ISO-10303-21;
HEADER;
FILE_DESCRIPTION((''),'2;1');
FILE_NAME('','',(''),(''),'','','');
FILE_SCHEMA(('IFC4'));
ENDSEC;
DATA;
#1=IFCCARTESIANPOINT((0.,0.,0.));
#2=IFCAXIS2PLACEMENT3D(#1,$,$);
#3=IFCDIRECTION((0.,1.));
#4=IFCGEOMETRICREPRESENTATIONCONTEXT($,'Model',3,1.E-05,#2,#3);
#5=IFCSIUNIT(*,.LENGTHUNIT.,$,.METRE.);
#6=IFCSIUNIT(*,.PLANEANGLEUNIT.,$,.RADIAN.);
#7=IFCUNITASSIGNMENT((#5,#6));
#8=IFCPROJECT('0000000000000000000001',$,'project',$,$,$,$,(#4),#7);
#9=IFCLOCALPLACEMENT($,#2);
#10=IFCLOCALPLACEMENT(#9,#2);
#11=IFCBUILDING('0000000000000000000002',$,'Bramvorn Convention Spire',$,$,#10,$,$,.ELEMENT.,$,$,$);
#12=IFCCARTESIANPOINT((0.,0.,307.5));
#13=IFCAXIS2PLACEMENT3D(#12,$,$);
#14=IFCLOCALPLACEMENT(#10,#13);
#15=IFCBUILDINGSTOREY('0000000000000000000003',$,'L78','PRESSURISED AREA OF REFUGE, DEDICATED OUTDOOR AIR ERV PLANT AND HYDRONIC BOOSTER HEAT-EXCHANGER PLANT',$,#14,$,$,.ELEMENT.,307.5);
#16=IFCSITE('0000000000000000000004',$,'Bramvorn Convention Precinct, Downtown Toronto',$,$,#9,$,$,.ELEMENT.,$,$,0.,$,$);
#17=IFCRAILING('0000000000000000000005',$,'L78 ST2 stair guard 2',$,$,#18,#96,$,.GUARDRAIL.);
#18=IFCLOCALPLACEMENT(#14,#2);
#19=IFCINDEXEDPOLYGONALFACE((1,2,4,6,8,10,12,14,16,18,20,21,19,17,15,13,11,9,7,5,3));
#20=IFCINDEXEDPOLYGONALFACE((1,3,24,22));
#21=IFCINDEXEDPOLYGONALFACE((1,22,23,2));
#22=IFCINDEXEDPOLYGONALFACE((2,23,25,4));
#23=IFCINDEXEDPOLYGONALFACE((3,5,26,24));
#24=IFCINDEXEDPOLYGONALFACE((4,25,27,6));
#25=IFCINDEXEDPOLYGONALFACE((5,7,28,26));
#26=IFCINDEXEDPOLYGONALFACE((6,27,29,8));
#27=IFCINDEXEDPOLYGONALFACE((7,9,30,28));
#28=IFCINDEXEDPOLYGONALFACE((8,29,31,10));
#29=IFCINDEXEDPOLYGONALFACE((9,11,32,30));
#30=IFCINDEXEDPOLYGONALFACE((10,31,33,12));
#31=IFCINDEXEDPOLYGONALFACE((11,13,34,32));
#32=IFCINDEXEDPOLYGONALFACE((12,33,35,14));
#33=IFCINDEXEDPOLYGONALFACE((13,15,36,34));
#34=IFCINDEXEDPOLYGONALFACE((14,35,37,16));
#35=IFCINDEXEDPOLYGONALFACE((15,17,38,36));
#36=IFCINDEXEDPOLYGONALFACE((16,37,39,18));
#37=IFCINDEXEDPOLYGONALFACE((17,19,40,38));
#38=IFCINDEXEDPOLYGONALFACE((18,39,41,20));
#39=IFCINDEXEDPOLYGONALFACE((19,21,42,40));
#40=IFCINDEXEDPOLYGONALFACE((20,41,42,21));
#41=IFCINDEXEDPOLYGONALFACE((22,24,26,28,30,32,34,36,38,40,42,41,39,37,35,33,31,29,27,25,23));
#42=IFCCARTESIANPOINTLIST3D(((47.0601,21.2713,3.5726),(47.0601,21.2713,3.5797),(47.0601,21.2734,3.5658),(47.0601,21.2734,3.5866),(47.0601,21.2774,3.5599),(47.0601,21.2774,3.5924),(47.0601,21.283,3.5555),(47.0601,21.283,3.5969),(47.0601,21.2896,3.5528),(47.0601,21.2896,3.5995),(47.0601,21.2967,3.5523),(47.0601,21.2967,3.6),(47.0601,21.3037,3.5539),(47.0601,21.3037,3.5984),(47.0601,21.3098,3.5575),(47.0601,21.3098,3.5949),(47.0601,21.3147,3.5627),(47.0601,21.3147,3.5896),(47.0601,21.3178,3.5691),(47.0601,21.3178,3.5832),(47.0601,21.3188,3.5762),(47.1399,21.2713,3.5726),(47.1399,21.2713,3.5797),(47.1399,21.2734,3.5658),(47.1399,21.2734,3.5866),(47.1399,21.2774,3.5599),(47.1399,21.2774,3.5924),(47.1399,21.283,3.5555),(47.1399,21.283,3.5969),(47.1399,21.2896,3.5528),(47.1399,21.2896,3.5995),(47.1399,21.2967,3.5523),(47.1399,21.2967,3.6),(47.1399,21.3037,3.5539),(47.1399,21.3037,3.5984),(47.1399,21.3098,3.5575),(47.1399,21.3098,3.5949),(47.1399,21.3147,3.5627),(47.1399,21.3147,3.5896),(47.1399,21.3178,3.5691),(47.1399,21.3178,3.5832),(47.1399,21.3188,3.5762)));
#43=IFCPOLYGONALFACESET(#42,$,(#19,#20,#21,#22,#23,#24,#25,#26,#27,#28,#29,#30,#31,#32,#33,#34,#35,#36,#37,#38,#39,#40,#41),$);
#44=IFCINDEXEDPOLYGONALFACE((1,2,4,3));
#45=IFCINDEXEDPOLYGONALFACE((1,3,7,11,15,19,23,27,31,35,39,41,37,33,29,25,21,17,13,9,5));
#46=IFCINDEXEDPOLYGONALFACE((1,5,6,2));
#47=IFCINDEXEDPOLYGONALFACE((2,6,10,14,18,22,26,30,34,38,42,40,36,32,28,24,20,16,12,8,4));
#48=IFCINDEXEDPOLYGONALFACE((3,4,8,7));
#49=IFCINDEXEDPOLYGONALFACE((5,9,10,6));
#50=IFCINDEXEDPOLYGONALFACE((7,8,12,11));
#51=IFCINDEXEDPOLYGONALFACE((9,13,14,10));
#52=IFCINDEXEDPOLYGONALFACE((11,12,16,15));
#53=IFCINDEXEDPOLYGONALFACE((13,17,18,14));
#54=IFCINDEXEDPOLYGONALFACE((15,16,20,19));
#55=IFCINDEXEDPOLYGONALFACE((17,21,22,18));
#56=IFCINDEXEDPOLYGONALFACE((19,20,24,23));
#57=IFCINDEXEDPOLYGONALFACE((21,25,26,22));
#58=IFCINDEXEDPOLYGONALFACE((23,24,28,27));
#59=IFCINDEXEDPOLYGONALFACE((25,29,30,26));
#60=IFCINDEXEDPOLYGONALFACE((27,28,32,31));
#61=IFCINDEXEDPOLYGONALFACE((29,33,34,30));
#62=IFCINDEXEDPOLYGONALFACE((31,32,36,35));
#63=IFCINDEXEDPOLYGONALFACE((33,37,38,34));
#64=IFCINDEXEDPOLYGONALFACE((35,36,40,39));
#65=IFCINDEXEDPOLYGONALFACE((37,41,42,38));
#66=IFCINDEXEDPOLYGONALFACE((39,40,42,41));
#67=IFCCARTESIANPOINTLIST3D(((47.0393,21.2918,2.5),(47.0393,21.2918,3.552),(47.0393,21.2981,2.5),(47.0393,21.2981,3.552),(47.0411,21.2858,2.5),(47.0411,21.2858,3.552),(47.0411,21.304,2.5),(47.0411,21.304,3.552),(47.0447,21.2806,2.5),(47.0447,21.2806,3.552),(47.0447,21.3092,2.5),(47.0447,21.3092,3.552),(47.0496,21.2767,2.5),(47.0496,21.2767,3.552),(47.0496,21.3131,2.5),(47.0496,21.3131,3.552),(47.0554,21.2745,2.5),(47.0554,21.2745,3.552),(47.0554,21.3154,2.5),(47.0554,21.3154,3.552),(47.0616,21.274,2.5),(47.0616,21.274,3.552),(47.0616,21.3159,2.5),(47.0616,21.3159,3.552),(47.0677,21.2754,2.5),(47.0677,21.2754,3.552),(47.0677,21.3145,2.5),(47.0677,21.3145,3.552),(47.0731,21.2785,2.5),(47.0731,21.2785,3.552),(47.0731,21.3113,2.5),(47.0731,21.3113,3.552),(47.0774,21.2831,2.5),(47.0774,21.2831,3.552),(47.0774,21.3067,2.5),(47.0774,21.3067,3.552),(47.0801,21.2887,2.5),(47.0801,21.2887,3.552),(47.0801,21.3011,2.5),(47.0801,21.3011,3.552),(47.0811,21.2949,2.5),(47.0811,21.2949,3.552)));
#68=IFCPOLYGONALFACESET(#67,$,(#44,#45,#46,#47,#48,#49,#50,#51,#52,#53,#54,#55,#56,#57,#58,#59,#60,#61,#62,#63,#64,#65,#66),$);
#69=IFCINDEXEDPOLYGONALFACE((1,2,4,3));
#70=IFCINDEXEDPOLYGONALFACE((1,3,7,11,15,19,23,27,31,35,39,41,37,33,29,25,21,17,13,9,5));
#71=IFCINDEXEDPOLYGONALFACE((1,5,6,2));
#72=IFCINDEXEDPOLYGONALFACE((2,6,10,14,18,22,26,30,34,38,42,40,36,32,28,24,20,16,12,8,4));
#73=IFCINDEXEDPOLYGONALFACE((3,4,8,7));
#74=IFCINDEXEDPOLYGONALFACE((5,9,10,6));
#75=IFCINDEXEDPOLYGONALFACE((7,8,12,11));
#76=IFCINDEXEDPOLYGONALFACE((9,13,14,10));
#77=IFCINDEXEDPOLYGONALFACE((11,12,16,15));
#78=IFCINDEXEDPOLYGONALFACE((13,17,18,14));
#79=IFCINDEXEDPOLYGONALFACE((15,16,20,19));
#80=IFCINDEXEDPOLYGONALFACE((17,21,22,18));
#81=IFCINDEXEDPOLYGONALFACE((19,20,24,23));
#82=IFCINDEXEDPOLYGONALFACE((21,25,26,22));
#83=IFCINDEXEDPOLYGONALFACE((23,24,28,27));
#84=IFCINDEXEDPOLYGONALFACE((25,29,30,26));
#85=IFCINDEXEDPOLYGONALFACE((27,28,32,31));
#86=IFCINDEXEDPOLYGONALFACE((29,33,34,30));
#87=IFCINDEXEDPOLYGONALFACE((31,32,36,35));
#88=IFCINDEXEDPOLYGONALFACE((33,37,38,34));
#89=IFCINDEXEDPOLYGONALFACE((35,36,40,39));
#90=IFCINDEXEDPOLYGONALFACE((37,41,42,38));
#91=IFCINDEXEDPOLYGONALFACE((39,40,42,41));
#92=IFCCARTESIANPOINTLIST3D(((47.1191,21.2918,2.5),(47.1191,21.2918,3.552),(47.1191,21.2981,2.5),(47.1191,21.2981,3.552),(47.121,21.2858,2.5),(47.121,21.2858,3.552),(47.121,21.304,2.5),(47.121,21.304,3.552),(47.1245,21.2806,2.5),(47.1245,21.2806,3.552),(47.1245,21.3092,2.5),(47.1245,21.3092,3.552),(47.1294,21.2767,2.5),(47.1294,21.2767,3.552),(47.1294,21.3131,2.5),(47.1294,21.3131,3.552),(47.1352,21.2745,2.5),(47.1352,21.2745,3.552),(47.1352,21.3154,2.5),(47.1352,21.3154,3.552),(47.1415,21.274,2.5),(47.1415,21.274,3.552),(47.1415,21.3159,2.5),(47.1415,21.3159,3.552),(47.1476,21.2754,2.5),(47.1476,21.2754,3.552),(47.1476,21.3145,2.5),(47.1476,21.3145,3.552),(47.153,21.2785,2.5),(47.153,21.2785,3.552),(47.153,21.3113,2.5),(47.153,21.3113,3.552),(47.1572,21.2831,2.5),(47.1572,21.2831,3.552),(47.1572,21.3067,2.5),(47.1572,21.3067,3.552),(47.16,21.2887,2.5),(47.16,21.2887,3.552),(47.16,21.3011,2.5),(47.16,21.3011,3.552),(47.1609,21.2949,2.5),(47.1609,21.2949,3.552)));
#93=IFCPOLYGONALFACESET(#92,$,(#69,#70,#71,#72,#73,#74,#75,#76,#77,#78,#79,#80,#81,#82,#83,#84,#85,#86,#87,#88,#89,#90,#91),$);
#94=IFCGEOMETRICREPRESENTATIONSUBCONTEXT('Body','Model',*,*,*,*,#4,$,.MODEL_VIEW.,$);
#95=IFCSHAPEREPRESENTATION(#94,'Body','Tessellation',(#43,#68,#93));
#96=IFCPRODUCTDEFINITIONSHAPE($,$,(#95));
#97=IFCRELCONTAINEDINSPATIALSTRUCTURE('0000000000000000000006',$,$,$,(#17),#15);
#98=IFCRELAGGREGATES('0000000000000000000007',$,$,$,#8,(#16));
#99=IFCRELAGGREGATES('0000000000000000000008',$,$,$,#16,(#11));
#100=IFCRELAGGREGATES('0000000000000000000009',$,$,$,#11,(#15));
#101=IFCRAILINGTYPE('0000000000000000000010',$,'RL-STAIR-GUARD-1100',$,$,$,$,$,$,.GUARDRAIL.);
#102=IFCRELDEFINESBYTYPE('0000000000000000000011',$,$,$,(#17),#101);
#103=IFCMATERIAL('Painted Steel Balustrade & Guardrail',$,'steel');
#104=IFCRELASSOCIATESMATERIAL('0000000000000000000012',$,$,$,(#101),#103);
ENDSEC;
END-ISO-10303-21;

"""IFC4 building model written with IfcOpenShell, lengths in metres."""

from ifc_helpers import new_model, si_unit, direction, frame, origin, origin_2d, place, context, subcontext, project, spatial, circle, extrude, material, type_object, element, save


model = new_model("IFC4")

# Units and contexts
model_context = context("Model", 3, precision=1e-05, world=origin(), true_north=direction((0.0, 1.0)))
body_context = subcontext(model_context, "Body", "Model", "MODEL_VIEW")
ifc_project = project(units=[si_unit("LENGTHUNIT", "METRE"), si_unit("PLANEANGLEUNIT", "RADIAN")], contexts=[model_context])

# Site, building, storey
site_placement = place(None, origin())
site = spatial("IfcSite", under=ifc_project, at=site_placement, Name="Bramvorn Convention Precinct, Downtown Toronto", CompositionType="ELEMENT", RefElevation=0.0)
building_placement = place(site_placement, origin())
building = spatial("IfcBuilding", under=site, at=building_placement, Name="Bramvorn Convention Spire", CompositionType="ELEMENT")
storey_placement = place(building_placement, frame((0.0, 0.0, 307.5)))
storey = spatial("IfcBuildingStorey", under=building, at=storey_placement, Name="L78", Description="PRESSURISED AREA OF REFUGE, DEDICATED OUTDOOR AIR ERV PLANT AND HYDRONIC BOOSTER HEAT-EXCHANGER PLANT", CompositionType="ELEMENT", Elevation=307.5)

# Railing
ifc_material_1 = material(Name="Painted Steel Balustrade & Guardrail", Category="steel")
railing_type = type_object("IfcRailingType", Name="RL-STAIR-GUARD-1100", PredefinedType="GUARDRAIL", material=ifc_material_1)
railing_1_placement = place(storey_placement, frame((47.0601, 21.2949, 2.5)))
element("IfcRailing", 1, at=railing_1_placement, inside=storey, type_object=railing_type, Name="L78 ST2 stair guard 2", PredefinedType="GUARDRAIL", context=body_context, shape_type="SweptSolid", body=[
    extrude(circle(Radius=0.0239, at=origin_2d()), frame((0.0, 0.0, 1.0762), z_axis=(1.0, 0.0, 0.0), x_axis=(0.0, 1.0, 0.0)), (0.0, 0.0, 1.0), 0.0798),
    extrude(circle(Radius=0.021, at=origin_2d()), origin(), (0.0, 0.0, 1.0), 1.052),
    extrude(circle(Radius=0.021, at=origin_2d()), frame((0.0798, 0.0, 0.0)), (0.0, 0.0, 1.0), 1.052),
])

save(model, "model.ifc")
